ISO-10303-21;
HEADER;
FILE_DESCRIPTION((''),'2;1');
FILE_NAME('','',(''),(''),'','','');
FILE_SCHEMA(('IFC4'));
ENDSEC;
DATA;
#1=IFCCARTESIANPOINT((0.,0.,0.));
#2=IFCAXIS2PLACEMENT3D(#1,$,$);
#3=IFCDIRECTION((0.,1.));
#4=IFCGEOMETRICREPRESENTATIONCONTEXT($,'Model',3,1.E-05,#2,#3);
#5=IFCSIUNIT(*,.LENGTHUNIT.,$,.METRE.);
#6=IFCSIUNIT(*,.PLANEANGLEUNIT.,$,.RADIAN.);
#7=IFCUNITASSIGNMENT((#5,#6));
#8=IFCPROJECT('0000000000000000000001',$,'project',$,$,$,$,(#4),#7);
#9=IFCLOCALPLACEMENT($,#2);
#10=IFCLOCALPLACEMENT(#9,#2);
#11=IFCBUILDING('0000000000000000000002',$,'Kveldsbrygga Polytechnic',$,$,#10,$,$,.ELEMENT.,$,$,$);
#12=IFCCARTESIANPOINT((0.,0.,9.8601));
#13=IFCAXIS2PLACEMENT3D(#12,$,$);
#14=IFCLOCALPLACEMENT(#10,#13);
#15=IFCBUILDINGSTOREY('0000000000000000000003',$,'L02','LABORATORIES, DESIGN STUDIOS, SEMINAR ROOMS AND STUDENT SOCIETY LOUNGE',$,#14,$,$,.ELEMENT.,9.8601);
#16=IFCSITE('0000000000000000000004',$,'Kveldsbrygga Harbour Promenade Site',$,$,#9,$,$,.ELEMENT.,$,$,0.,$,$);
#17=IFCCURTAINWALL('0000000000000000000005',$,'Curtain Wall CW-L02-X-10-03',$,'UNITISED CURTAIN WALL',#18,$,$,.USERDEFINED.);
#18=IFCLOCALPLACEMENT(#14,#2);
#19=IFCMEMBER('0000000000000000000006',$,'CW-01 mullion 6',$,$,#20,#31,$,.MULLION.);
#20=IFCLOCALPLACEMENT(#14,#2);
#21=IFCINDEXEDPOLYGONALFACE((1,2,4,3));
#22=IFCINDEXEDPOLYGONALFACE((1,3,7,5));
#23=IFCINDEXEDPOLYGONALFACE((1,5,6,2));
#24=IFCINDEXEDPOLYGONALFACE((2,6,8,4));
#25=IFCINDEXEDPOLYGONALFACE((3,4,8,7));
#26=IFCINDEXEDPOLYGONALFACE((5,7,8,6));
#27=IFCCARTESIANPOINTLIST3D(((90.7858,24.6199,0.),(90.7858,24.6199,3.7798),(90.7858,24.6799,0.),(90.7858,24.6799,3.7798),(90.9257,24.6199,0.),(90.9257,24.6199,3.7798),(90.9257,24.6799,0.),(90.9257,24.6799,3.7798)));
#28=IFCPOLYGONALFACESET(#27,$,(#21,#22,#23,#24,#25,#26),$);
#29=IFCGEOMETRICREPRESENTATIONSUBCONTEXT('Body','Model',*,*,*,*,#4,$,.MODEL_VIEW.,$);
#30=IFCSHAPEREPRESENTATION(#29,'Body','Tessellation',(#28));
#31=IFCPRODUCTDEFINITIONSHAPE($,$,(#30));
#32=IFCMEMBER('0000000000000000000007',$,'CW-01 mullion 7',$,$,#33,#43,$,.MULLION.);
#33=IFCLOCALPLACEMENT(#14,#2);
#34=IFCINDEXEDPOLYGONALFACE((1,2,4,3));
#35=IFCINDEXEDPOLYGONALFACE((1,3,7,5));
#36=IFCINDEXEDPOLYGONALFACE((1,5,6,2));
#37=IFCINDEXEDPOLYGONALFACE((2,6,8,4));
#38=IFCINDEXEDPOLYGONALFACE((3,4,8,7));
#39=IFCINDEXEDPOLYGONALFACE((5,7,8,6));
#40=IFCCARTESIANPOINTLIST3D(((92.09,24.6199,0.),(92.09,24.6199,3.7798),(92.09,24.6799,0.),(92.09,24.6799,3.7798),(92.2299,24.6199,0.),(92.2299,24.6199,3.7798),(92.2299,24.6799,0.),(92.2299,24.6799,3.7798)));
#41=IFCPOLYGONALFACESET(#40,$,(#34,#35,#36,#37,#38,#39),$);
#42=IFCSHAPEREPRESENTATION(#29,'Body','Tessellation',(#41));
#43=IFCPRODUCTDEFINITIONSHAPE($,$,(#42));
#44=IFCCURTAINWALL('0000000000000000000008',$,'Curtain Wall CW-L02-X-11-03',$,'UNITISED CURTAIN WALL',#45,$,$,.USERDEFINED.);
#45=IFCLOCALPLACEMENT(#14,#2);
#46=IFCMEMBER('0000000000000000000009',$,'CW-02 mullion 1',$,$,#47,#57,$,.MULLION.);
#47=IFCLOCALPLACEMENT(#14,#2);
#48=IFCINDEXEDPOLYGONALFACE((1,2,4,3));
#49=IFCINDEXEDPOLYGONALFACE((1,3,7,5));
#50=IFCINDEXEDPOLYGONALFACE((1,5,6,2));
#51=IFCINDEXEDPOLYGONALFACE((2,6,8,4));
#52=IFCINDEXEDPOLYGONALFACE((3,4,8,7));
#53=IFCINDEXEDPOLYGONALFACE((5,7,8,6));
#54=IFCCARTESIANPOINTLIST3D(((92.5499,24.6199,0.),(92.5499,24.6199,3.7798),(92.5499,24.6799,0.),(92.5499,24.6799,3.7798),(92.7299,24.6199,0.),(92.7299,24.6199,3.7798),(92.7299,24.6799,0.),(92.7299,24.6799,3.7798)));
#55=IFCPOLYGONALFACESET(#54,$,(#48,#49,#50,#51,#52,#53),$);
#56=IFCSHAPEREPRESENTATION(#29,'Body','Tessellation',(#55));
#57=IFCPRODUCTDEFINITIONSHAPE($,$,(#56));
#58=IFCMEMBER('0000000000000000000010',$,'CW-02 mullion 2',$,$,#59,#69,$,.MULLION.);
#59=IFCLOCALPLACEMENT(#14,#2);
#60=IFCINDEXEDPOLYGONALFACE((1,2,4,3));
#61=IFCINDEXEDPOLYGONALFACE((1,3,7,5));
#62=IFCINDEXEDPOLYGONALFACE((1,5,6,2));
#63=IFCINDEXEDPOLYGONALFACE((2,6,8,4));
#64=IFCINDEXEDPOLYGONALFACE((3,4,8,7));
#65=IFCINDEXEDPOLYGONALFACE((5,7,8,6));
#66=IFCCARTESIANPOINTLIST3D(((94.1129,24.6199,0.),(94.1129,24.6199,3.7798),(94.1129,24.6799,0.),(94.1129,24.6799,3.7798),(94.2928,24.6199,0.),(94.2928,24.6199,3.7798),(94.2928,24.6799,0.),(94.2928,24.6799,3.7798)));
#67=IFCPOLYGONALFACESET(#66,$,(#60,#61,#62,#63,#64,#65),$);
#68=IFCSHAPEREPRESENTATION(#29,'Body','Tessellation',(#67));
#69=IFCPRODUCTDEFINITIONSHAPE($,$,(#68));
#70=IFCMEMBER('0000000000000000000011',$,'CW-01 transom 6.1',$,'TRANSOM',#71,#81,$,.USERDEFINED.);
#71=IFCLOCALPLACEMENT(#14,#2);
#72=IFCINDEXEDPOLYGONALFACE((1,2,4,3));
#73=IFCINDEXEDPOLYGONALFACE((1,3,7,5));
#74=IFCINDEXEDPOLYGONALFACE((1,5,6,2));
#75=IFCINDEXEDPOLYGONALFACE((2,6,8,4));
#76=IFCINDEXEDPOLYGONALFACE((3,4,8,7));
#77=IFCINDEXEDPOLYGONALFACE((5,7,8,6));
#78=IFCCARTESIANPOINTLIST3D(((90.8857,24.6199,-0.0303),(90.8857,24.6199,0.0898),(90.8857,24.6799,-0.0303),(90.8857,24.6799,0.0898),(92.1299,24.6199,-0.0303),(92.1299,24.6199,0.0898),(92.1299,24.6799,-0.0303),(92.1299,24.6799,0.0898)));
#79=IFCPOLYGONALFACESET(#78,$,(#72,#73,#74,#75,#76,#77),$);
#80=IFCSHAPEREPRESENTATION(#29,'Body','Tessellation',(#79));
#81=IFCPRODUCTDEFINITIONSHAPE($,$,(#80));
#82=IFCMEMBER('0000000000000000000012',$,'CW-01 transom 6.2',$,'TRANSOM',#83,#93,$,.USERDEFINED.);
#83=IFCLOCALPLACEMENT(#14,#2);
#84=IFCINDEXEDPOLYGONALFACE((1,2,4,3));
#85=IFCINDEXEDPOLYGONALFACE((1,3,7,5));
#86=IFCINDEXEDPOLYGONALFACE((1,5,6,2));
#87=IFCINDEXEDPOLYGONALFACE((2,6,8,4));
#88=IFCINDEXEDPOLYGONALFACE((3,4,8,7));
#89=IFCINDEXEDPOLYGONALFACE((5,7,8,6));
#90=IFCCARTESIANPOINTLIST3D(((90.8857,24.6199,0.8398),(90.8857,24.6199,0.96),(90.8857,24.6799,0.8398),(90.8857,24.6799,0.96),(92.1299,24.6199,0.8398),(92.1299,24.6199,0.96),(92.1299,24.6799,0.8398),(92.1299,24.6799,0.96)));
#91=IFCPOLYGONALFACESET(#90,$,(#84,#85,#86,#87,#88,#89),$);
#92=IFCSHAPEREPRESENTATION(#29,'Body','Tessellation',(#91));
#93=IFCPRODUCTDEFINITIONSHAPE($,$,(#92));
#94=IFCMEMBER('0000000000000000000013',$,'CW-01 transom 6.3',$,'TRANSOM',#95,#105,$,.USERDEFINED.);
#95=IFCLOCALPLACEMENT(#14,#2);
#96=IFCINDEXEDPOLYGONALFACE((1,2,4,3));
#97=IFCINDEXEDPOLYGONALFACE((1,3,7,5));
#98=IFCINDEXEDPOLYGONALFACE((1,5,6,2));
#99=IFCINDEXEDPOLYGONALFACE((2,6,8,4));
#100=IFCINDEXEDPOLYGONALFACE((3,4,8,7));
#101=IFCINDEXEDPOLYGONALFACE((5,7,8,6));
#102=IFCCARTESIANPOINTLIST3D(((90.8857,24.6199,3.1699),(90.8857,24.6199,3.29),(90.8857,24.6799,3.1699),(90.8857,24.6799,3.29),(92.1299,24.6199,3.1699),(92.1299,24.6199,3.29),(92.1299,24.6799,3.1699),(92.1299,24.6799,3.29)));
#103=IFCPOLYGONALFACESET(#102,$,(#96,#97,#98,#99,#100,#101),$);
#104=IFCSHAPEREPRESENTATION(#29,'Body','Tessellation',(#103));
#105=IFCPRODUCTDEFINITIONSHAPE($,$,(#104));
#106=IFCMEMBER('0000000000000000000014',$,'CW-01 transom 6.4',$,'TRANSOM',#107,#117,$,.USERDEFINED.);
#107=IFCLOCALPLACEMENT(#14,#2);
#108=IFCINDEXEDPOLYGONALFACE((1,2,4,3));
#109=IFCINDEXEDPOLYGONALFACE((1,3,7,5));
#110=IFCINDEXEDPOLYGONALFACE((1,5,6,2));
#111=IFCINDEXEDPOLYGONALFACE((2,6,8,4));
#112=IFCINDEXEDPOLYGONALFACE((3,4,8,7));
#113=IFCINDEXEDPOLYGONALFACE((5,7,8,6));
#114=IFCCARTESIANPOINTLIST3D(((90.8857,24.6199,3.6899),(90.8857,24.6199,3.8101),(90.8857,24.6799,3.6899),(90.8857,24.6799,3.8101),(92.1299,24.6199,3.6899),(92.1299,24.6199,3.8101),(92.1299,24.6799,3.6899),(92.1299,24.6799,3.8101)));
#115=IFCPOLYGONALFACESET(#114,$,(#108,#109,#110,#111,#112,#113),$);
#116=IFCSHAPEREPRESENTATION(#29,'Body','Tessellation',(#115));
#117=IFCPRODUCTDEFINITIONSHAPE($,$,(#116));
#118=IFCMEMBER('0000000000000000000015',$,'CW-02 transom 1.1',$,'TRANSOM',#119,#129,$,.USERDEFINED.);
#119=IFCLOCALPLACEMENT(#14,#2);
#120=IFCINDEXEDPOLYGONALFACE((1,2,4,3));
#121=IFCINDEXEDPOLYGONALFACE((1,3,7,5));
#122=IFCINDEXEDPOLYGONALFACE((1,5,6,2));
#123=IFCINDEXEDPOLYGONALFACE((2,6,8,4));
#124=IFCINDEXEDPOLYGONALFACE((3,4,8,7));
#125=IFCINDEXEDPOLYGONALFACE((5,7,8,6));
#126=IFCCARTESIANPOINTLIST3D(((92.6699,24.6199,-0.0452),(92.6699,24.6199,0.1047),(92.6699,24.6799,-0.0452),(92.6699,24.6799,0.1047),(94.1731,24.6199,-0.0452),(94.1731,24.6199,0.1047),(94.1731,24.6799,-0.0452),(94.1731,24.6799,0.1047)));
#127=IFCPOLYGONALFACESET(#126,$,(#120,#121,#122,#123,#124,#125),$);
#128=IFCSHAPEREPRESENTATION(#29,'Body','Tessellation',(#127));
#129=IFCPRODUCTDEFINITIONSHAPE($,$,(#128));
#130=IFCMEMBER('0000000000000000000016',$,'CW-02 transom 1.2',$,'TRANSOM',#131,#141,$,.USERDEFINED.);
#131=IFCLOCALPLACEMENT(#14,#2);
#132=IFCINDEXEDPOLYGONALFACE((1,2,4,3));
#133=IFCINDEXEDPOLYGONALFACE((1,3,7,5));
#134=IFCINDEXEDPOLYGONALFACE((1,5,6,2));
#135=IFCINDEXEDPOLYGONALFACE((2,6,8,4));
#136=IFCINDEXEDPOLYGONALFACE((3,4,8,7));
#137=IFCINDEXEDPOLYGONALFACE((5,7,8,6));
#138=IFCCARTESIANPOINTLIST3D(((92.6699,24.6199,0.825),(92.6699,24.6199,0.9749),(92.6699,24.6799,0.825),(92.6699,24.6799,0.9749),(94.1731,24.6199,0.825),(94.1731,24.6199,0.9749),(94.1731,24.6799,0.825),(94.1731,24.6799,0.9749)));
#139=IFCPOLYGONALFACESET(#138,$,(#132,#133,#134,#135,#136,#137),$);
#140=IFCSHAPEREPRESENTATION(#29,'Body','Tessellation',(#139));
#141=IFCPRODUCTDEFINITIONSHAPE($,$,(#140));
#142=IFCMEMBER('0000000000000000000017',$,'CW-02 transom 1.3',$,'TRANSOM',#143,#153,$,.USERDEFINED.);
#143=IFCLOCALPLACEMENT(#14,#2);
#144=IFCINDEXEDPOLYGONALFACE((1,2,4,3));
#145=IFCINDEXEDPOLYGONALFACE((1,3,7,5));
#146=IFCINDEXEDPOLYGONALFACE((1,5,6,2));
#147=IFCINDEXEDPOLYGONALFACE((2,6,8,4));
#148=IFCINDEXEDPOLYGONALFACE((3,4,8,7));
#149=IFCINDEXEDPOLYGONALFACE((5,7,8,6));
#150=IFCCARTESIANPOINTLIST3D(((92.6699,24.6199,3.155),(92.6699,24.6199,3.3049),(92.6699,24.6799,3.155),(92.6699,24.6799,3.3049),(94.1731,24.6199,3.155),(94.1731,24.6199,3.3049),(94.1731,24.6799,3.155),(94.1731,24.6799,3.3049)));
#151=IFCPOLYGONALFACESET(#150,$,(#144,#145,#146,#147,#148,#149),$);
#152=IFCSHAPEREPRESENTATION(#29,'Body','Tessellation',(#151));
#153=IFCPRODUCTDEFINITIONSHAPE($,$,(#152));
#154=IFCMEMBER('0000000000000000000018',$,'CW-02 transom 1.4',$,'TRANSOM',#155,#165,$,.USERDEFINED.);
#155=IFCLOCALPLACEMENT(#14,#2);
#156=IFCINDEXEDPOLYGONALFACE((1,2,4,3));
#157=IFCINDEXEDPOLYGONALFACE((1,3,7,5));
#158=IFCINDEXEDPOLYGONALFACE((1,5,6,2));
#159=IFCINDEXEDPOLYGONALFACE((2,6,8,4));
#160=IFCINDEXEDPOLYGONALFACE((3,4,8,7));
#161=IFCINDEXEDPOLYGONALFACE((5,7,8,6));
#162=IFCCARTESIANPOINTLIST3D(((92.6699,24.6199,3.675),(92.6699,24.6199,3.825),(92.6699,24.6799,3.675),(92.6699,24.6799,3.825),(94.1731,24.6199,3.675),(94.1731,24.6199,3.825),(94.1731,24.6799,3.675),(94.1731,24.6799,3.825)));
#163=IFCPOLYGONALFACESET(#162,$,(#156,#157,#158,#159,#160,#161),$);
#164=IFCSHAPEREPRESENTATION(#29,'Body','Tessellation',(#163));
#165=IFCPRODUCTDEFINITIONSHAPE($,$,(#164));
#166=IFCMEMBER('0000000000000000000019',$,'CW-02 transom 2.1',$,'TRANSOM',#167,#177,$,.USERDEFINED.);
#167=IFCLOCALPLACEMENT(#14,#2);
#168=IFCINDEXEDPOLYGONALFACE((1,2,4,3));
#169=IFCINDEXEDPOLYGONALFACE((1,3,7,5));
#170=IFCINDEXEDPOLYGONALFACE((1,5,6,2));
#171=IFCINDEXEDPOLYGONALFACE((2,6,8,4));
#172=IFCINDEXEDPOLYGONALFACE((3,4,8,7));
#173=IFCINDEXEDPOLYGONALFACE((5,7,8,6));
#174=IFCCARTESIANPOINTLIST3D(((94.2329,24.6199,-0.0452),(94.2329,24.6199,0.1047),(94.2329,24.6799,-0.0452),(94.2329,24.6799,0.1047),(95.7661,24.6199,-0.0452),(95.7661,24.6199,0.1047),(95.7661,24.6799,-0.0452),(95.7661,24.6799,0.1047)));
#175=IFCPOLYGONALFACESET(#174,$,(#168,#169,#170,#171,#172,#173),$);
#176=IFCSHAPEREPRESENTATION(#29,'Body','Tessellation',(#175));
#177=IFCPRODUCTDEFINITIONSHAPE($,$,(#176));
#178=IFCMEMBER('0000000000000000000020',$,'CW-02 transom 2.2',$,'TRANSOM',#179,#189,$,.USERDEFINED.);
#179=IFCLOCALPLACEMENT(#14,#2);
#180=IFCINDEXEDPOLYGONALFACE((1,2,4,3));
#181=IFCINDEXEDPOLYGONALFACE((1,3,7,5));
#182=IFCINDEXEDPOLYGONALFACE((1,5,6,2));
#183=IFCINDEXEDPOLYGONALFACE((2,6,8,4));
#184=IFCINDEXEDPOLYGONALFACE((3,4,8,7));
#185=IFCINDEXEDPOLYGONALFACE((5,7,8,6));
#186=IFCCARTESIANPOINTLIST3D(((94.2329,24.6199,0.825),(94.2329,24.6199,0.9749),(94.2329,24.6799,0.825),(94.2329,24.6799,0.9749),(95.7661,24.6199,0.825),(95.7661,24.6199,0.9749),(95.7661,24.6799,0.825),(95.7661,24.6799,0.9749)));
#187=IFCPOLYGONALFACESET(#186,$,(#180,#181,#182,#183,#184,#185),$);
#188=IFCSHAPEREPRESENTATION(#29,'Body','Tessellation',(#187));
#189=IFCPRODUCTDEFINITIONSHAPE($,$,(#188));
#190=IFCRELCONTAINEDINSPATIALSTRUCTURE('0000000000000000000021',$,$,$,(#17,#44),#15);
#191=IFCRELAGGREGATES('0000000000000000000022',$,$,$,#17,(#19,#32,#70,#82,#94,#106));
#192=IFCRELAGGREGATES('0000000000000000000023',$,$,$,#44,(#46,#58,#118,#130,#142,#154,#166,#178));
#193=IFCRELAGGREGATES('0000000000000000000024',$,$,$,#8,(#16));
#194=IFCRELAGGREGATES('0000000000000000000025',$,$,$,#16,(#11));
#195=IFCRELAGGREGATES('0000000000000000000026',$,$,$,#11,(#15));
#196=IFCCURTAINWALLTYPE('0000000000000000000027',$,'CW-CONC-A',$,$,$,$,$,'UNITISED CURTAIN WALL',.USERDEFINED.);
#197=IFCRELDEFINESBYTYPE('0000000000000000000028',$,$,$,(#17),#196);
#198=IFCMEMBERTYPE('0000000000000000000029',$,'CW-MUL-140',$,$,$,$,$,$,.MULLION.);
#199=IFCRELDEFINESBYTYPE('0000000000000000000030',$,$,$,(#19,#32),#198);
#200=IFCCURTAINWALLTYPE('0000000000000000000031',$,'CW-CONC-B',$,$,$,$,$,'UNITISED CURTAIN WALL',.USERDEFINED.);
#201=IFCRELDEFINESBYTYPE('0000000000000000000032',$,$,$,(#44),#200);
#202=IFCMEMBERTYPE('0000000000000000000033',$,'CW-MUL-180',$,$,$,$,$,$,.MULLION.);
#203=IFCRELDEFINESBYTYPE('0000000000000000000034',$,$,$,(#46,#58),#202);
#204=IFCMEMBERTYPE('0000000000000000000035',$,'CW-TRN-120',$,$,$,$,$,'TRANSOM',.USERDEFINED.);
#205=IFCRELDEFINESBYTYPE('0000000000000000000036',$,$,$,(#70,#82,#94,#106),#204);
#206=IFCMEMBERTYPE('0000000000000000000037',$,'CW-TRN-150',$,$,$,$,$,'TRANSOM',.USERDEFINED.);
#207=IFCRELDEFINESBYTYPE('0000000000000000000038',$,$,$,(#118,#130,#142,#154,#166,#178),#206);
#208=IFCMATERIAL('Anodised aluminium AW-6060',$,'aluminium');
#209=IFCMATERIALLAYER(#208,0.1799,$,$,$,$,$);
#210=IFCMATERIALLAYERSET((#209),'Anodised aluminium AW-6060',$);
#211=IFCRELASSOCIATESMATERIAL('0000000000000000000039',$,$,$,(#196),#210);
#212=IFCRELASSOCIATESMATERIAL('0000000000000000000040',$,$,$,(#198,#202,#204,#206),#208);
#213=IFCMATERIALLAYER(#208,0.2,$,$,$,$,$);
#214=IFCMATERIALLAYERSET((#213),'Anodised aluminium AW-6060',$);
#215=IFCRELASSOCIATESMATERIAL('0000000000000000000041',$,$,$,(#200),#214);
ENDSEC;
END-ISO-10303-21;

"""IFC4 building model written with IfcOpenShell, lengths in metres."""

from ifc_helpers import new_model, si_unit, direction, frame, origin, origin_2d, place, context, subcontext, project, spatial, rectangle, extrude, material, layer, layer_set, material_profile, profile_set, type_object, element, aggregate, save


model = new_model("IFC4")

# Units and contexts
model_context = context("Model", 3, precision=1e-05, world=origin(), true_north=direction((0.0, 1.0)))
body_context = subcontext(model_context, "Body", "Model", "MODEL_VIEW")
ifc_project = project(units=[si_unit("LENGTHUNIT", "METRE"), si_unit("PLANEANGLEUNIT", "RADIAN")], contexts=[model_context])

# Site, building, storey
site_placement = place(None, origin())
site = spatial("IfcSite", under=ifc_project, at=site_placement, Name="Kveldsbrygga Harbour Promenade Site", CompositionType="ELEMENT", RefElevation=0.0)
building_placement = place(site_placement, origin())
building = spatial("IfcBuilding", under=site, at=building_placement, Name="Kveldsbrygga Polytechnic", CompositionType="ELEMENT")
storey_placement = place(building_placement, frame((0.0, 0.0, 9.8601)))
storey = spatial("IfcBuildingStorey", under=building, at=storey_placement, Name="L02", Description="LABORATORIES, DESIGN STUDIOS, SEMINAR ROOMS AND STUDENT SOCIETY LOUNGE", CompositionType="ELEMENT", Elevation=9.8601)

# Curtain walls, members
ifc_material_1 = material(Name="Anodised aluminium AW-6060", Category="aluminium")
ifc_layer_1 = layer(ifc_material_1, 0.1799)
ifc_layer_set_1 = layer_set([ifc_layer_1], Name="Anodised aluminium AW-6060")
curtain_wall_type_1 = type_object("IfcCurtainWallType", Name="CW-CONC-A", ElementType="UNITISED CURTAIN WALL", PredefinedType="USERDEFINED", material=ifc_layer_set_1)
curtain_wall_1_placement = place(storey_placement, origin())
curtain_wall_1 = element("IfcCurtainWall", 1, at=curtain_wall_1_placement, inside=storey, type_object=curtain_wall_type_1, Name="Curtain Wall CW-L02-X-10-03", ObjectType="UNITISED CURTAIN WALL", PredefinedType="USERDEFINED")
ifc_material_profile_1 = material_profile(ifc_material_1, rectangle(XDim=0.0601, YDim=0.1399, at=origin_2d()), Name="ALU 60x140")
ifc_profile_set_1 = profile_set([ifc_material_profile_1], Name="Anodised aluminium AW-6060")
member_type_1 = type_object("IfcMemberType", Name="CW-MUL-140", PredefinedType="MULLION", material=ifc_profile_set_1)
member_1_placement = place(storey_placement, frame((90.8557, 24.6499, 0.0), z_axis=(0.0, 0.0, 1.0), x_axis=(0.0, 1.0, 0.0)))
member_1 = element("IfcMember", 2, at=member_1_placement, type_object=member_type_1, Name="CW-01 mullion 6", PredefinedType="MULLION", context=body_context, shape_type="SweptSolid", body=[
    extrude(rectangle(XDim=0.0601, YDim=0.1399, at=origin_2d()), origin(), (0.0, 0.0, 1.0), 3.7798),
])
member_2_placement = place(storey_placement, frame((92.1599, 24.6499, 0.0), z_axis=(0.0, 0.0, 1.0), x_axis=(0.0, 1.0, 0.0)))
member_2 = element("IfcMember", 3, at=member_2_placement, type_object=member_type_1, Name="CW-01 mullion 7", PredefinedType="MULLION", context=body_context, shape_type="SweptSolid", body=[
    extrude(rectangle(XDim=0.0601, YDim=0.1399, at=origin_2d()), origin(), (0.0, 0.0, 1.0), 3.7798),
])
ifc_layer_2 = layer(ifc_material_1, 0.2)
ifc_layer_set_2 = layer_set([ifc_layer_2], Name="Anodised aluminium AW-6060")
curtain_wall_type_2 = type_object("IfcCurtainWallType", Name="CW-CONC-B", ElementType="UNITISED CURTAIN WALL", PredefinedType="USERDEFINED", material=ifc_layer_set_2)
curtain_wall_2_placement = place(storey_placement, origin())
curtain_wall_2 = element("IfcCurtainWall", 4, at=curtain_wall_2_placement, inside=storey, type_object=curtain_wall_type_2, Name="Curtain Wall CW-L02-X-11-03", ObjectType="UNITISED CURTAIN WALL", PredefinedType="USERDEFINED")
ifc_material_profile_2 = material_profile(ifc_material_1, rectangle(XDim=0.0601, YDim=0.1799, at=origin_2d()), Name="ALU 60x180")
ifc_profile_set_2 = profile_set([ifc_material_profile_2], Name="Anodised aluminium AW-6060")
member_type_2 = type_object("IfcMemberType", Name="CW-MUL-180", PredefinedType="MULLION", material=ifc_profile_set_2)
member_3_placement = place(storey_placement, frame((92.6399, 24.6499, 0.0), z_axis=(0.0, 0.0, 1.0), x_axis=(0.0, 1.0, 0.0)))
member_3 = element("IfcMember", 5, at=member_3_placement, type_object=member_type_2, Name="CW-02 mullion 1", PredefinedType="MULLION", context=body_context, shape_type="SweptSolid", body=[
    extrude(rectangle(XDim=0.0601, YDim=0.1799, at=origin_2d()), origin(), (0.0, 0.0, 1.0), 3.7798),
])
member_4_placement = place(storey_placement, frame((94.2029, 24.6499, 0.0), z_axis=(0.0, 0.0, 1.0), x_axis=(0.0, 1.0, 0.0)))
member_4 = element("IfcMember", 6, at=member_4_placement, type_object=member_type_2, Name="CW-02 mullion 2", PredefinedType="MULLION", context=body_context, shape_type="SweptSolid", body=[
    extrude(rectangle(XDim=0.0601, YDim=0.1799, at=origin_2d()), origin(), (0.0, 0.0, 1.0), 3.7798),
])

# Members
ifc_material_profile_3 = material_profile(ifc_material_1, rectangle(XDim=0.0601, YDim=0.1201, at=origin_2d()), Name="ALU 60x120")
ifc_profile_set_3 = profile_set([ifc_material_profile_3], Name="Anodised aluminium AW-6060")
member_type_3 = type_object("IfcMemberType", Name="CW-TRN-120", ElementType="TRANSOM", PredefinedType="USERDEFINED", material=ifc_profile_set_3)
member_5_placement = place(storey_placement, frame((90.8857, 24.6499, 0.0298), z_axis=(1.0, 0.0, 0.0), x_axis=(0.0, 1.0, 0.0)))
member_5 = element("IfcMember", 7, at=member_5_placement, type_object=member_type_3, Name="CW-01 transom 6.1", ObjectType="TRANSOM", PredefinedType="USERDEFINED", context=body_context, shape_type="SweptSolid", body=[
    extrude(rectangle(XDim=0.0601, YDim=0.1201, at=origin_2d()), origin(), (0.0, 0.0, 1.0), 1.2441),
])
member_6_placement = place(storey_placement, frame((90.8857, 24.6499, 0.8999), z_axis=(1.0, 0.0, 0.0), x_axis=(0.0, 1.0, 0.0)))
member_6 = element("IfcMember", 8, at=member_6_placement, type_object=member_type_3, Name="CW-01 transom 6.2", ObjectType="TRANSOM", PredefinedType="USERDEFINED", context=body_context, shape_type="SweptSolid", body=[
    extrude(rectangle(XDim=0.0601, YDim=0.1201, at=origin_2d()), origin(), (0.0, 0.0, 1.0), 1.2441),
])
member_7_placement = place(storey_placement, frame((90.8857, 24.6499, 3.23), z_axis=(1.0, 0.0, 0.0), x_axis=(0.0, 1.0, 0.0)))
member_7 = element("IfcMember", 9, at=member_7_placement, type_object=member_type_3, Name="CW-01 transom 6.3", ObjectType="TRANSOM", PredefinedType="USERDEFINED", context=body_context, shape_type="SweptSolid", body=[
    extrude(rectangle(XDim=0.0601, YDim=0.1201, at=origin_2d()), origin(), (0.0, 0.0, 1.0), 1.2441),
])
member_8_placement = place(storey_placement, frame((90.8857, 24.6499, 3.75), z_axis=(1.0, 0.0, 0.0), x_axis=(0.0, 1.0, 0.0)))
member_8 = element("IfcMember", 10, at=member_8_placement, type_object=member_type_3, Name="CW-01 transom 6.4", ObjectType="TRANSOM", PredefinedType="USERDEFINED", context=body_context, shape_type="SweptSolid", body=[
    extrude(rectangle(XDim=0.0601, YDim=0.1201, at=origin_2d()), origin(), (0.0, 0.0, 1.0), 1.2441),
])
ifc_material_profile_4 = material_profile(ifc_material_1, rectangle(XDim=0.0601, YDim=0.1499, at=origin_2d()), Name="ALU 60x150")
ifc_profile_set_4 = profile_set([ifc_material_profile_4], Name="Anodised aluminium AW-6060")
member_type_4 = type_object("IfcMemberType", Name="CW-TRN-150", ElementType="TRANSOM", PredefinedType="USERDEFINED", material=ifc_profile_set_4)
member_9_placement = place(storey_placement, frame((92.6699, 24.6499, 0.0298), z_axis=(1.0, 0.0, 0.0), x_axis=(0.0, 1.0, 0.0)))
member_9 = element("IfcMember", 11, at=member_9_placement, type_object=member_type_4, Name="CW-02 transom 1.1", ObjectType="TRANSOM", PredefinedType="USERDEFINED", context=body_context, shape_type="SweptSolid", body=[
    extrude(rectangle(XDim=0.0601, YDim=0.1499, at=origin_2d()), origin(), (0.0, 0.0, 1.0), 1.5032),
])
member_10_placement = place(storey_placement, frame((92.6699, 24.6499, 0.8999), z_axis=(1.0, 0.0, 0.0), x_axis=(0.0, 1.0, 0.0)))
member_10 = element("IfcMember", 12, at=member_10_placement, type_object=member_type_4, Name="CW-02 transom 1.2", ObjectType="TRANSOM", PredefinedType="USERDEFINED", context=body_context, shape_type="SweptSolid", body=[
    extrude(rectangle(XDim=0.0601, YDim=0.1499, at=origin_2d()), origin(), (0.0, 0.0, 1.0), 1.5032),
])
member_11_placement = place(storey_placement, frame((92.6699, 24.6499, 3.23), z_axis=(1.0, 0.0, 0.0), x_axis=(0.0, 1.0, 0.0)))
member_11 = element("IfcMember", 13, at=member_11_placement, type_object=member_type_4, Name="CW-02 transom 1.3", ObjectType="TRANSOM", PredefinedType="USERDEFINED", context=body_context, shape_type="SweptSolid", body=[
    extrude(rectangle(XDim=0.0601, YDim=0.1499, at=origin_2d()), origin(), (0.0, 0.0, 1.0), 1.5032),
])
member_12_placement = place(storey_placement, frame((92.6699, 24.6499, 3.75), z_axis=(1.0, 0.0, 0.0), x_axis=(0.0, 1.0, 0.0)))
member_12 = element("IfcMember", 14, at=member_12_placement, type_object=member_type_4, Name="CW-02 transom 1.4", ObjectType="TRANSOM", PredefinedType="USERDEFINED", context=body_context, shape_type="SweptSolid", body=[
    extrude(rectangle(XDim=0.0601, YDim=0.1499, at=origin_2d()), origin(), (0.0, 0.0, 1.0), 1.5032),
])
member_13_placement = place(storey_placement, frame((94.2329, 24.6499, 0.0298), z_axis=(1.0, 0.0, 0.0), x_axis=(0.0, 1.0, 0.0)))
member_13 = element("IfcMember", 15, at=member_13_placement, type_object=member_type_4, Name="CW-02 transom 2.1", ObjectType="TRANSOM", PredefinedType="USERDEFINED", context=body_context, shape_type="SweptSolid", body=[
    extrude(rectangle(XDim=0.0601, YDim=0.1499, at=origin_2d()), origin(), (0.0, 0.0, 1.0), 1.5332),
])
member_14_placement = place(storey_placement, frame((94.2329, 24.6499, 0.8999), z_axis=(1.0, 0.0, 0.0), x_axis=(0.0, 1.0, 0.0)))
member_14 = element("IfcMember", 16, at=member_14_placement, type_object=member_type_4, Name="CW-02 transom 2.2", ObjectType="TRANSOM", PredefinedType="USERDEFINED", context=body_context, shape_type="SweptSolid", body=[
    extrude(rectangle(XDim=0.0601, YDim=0.1499, at=origin_2d()), origin(), (0.0, 0.0, 1.0), 1.5332),
])

aggregate(curtain_wall_1, [member_1, member_2, member_5, member_6, member_7, member_8])
aggregate(curtain_wall_2, [member_3, member_4, member_9, member_10, member_11, member_12, member_13, member_14])

save(model, "model.ifc")
